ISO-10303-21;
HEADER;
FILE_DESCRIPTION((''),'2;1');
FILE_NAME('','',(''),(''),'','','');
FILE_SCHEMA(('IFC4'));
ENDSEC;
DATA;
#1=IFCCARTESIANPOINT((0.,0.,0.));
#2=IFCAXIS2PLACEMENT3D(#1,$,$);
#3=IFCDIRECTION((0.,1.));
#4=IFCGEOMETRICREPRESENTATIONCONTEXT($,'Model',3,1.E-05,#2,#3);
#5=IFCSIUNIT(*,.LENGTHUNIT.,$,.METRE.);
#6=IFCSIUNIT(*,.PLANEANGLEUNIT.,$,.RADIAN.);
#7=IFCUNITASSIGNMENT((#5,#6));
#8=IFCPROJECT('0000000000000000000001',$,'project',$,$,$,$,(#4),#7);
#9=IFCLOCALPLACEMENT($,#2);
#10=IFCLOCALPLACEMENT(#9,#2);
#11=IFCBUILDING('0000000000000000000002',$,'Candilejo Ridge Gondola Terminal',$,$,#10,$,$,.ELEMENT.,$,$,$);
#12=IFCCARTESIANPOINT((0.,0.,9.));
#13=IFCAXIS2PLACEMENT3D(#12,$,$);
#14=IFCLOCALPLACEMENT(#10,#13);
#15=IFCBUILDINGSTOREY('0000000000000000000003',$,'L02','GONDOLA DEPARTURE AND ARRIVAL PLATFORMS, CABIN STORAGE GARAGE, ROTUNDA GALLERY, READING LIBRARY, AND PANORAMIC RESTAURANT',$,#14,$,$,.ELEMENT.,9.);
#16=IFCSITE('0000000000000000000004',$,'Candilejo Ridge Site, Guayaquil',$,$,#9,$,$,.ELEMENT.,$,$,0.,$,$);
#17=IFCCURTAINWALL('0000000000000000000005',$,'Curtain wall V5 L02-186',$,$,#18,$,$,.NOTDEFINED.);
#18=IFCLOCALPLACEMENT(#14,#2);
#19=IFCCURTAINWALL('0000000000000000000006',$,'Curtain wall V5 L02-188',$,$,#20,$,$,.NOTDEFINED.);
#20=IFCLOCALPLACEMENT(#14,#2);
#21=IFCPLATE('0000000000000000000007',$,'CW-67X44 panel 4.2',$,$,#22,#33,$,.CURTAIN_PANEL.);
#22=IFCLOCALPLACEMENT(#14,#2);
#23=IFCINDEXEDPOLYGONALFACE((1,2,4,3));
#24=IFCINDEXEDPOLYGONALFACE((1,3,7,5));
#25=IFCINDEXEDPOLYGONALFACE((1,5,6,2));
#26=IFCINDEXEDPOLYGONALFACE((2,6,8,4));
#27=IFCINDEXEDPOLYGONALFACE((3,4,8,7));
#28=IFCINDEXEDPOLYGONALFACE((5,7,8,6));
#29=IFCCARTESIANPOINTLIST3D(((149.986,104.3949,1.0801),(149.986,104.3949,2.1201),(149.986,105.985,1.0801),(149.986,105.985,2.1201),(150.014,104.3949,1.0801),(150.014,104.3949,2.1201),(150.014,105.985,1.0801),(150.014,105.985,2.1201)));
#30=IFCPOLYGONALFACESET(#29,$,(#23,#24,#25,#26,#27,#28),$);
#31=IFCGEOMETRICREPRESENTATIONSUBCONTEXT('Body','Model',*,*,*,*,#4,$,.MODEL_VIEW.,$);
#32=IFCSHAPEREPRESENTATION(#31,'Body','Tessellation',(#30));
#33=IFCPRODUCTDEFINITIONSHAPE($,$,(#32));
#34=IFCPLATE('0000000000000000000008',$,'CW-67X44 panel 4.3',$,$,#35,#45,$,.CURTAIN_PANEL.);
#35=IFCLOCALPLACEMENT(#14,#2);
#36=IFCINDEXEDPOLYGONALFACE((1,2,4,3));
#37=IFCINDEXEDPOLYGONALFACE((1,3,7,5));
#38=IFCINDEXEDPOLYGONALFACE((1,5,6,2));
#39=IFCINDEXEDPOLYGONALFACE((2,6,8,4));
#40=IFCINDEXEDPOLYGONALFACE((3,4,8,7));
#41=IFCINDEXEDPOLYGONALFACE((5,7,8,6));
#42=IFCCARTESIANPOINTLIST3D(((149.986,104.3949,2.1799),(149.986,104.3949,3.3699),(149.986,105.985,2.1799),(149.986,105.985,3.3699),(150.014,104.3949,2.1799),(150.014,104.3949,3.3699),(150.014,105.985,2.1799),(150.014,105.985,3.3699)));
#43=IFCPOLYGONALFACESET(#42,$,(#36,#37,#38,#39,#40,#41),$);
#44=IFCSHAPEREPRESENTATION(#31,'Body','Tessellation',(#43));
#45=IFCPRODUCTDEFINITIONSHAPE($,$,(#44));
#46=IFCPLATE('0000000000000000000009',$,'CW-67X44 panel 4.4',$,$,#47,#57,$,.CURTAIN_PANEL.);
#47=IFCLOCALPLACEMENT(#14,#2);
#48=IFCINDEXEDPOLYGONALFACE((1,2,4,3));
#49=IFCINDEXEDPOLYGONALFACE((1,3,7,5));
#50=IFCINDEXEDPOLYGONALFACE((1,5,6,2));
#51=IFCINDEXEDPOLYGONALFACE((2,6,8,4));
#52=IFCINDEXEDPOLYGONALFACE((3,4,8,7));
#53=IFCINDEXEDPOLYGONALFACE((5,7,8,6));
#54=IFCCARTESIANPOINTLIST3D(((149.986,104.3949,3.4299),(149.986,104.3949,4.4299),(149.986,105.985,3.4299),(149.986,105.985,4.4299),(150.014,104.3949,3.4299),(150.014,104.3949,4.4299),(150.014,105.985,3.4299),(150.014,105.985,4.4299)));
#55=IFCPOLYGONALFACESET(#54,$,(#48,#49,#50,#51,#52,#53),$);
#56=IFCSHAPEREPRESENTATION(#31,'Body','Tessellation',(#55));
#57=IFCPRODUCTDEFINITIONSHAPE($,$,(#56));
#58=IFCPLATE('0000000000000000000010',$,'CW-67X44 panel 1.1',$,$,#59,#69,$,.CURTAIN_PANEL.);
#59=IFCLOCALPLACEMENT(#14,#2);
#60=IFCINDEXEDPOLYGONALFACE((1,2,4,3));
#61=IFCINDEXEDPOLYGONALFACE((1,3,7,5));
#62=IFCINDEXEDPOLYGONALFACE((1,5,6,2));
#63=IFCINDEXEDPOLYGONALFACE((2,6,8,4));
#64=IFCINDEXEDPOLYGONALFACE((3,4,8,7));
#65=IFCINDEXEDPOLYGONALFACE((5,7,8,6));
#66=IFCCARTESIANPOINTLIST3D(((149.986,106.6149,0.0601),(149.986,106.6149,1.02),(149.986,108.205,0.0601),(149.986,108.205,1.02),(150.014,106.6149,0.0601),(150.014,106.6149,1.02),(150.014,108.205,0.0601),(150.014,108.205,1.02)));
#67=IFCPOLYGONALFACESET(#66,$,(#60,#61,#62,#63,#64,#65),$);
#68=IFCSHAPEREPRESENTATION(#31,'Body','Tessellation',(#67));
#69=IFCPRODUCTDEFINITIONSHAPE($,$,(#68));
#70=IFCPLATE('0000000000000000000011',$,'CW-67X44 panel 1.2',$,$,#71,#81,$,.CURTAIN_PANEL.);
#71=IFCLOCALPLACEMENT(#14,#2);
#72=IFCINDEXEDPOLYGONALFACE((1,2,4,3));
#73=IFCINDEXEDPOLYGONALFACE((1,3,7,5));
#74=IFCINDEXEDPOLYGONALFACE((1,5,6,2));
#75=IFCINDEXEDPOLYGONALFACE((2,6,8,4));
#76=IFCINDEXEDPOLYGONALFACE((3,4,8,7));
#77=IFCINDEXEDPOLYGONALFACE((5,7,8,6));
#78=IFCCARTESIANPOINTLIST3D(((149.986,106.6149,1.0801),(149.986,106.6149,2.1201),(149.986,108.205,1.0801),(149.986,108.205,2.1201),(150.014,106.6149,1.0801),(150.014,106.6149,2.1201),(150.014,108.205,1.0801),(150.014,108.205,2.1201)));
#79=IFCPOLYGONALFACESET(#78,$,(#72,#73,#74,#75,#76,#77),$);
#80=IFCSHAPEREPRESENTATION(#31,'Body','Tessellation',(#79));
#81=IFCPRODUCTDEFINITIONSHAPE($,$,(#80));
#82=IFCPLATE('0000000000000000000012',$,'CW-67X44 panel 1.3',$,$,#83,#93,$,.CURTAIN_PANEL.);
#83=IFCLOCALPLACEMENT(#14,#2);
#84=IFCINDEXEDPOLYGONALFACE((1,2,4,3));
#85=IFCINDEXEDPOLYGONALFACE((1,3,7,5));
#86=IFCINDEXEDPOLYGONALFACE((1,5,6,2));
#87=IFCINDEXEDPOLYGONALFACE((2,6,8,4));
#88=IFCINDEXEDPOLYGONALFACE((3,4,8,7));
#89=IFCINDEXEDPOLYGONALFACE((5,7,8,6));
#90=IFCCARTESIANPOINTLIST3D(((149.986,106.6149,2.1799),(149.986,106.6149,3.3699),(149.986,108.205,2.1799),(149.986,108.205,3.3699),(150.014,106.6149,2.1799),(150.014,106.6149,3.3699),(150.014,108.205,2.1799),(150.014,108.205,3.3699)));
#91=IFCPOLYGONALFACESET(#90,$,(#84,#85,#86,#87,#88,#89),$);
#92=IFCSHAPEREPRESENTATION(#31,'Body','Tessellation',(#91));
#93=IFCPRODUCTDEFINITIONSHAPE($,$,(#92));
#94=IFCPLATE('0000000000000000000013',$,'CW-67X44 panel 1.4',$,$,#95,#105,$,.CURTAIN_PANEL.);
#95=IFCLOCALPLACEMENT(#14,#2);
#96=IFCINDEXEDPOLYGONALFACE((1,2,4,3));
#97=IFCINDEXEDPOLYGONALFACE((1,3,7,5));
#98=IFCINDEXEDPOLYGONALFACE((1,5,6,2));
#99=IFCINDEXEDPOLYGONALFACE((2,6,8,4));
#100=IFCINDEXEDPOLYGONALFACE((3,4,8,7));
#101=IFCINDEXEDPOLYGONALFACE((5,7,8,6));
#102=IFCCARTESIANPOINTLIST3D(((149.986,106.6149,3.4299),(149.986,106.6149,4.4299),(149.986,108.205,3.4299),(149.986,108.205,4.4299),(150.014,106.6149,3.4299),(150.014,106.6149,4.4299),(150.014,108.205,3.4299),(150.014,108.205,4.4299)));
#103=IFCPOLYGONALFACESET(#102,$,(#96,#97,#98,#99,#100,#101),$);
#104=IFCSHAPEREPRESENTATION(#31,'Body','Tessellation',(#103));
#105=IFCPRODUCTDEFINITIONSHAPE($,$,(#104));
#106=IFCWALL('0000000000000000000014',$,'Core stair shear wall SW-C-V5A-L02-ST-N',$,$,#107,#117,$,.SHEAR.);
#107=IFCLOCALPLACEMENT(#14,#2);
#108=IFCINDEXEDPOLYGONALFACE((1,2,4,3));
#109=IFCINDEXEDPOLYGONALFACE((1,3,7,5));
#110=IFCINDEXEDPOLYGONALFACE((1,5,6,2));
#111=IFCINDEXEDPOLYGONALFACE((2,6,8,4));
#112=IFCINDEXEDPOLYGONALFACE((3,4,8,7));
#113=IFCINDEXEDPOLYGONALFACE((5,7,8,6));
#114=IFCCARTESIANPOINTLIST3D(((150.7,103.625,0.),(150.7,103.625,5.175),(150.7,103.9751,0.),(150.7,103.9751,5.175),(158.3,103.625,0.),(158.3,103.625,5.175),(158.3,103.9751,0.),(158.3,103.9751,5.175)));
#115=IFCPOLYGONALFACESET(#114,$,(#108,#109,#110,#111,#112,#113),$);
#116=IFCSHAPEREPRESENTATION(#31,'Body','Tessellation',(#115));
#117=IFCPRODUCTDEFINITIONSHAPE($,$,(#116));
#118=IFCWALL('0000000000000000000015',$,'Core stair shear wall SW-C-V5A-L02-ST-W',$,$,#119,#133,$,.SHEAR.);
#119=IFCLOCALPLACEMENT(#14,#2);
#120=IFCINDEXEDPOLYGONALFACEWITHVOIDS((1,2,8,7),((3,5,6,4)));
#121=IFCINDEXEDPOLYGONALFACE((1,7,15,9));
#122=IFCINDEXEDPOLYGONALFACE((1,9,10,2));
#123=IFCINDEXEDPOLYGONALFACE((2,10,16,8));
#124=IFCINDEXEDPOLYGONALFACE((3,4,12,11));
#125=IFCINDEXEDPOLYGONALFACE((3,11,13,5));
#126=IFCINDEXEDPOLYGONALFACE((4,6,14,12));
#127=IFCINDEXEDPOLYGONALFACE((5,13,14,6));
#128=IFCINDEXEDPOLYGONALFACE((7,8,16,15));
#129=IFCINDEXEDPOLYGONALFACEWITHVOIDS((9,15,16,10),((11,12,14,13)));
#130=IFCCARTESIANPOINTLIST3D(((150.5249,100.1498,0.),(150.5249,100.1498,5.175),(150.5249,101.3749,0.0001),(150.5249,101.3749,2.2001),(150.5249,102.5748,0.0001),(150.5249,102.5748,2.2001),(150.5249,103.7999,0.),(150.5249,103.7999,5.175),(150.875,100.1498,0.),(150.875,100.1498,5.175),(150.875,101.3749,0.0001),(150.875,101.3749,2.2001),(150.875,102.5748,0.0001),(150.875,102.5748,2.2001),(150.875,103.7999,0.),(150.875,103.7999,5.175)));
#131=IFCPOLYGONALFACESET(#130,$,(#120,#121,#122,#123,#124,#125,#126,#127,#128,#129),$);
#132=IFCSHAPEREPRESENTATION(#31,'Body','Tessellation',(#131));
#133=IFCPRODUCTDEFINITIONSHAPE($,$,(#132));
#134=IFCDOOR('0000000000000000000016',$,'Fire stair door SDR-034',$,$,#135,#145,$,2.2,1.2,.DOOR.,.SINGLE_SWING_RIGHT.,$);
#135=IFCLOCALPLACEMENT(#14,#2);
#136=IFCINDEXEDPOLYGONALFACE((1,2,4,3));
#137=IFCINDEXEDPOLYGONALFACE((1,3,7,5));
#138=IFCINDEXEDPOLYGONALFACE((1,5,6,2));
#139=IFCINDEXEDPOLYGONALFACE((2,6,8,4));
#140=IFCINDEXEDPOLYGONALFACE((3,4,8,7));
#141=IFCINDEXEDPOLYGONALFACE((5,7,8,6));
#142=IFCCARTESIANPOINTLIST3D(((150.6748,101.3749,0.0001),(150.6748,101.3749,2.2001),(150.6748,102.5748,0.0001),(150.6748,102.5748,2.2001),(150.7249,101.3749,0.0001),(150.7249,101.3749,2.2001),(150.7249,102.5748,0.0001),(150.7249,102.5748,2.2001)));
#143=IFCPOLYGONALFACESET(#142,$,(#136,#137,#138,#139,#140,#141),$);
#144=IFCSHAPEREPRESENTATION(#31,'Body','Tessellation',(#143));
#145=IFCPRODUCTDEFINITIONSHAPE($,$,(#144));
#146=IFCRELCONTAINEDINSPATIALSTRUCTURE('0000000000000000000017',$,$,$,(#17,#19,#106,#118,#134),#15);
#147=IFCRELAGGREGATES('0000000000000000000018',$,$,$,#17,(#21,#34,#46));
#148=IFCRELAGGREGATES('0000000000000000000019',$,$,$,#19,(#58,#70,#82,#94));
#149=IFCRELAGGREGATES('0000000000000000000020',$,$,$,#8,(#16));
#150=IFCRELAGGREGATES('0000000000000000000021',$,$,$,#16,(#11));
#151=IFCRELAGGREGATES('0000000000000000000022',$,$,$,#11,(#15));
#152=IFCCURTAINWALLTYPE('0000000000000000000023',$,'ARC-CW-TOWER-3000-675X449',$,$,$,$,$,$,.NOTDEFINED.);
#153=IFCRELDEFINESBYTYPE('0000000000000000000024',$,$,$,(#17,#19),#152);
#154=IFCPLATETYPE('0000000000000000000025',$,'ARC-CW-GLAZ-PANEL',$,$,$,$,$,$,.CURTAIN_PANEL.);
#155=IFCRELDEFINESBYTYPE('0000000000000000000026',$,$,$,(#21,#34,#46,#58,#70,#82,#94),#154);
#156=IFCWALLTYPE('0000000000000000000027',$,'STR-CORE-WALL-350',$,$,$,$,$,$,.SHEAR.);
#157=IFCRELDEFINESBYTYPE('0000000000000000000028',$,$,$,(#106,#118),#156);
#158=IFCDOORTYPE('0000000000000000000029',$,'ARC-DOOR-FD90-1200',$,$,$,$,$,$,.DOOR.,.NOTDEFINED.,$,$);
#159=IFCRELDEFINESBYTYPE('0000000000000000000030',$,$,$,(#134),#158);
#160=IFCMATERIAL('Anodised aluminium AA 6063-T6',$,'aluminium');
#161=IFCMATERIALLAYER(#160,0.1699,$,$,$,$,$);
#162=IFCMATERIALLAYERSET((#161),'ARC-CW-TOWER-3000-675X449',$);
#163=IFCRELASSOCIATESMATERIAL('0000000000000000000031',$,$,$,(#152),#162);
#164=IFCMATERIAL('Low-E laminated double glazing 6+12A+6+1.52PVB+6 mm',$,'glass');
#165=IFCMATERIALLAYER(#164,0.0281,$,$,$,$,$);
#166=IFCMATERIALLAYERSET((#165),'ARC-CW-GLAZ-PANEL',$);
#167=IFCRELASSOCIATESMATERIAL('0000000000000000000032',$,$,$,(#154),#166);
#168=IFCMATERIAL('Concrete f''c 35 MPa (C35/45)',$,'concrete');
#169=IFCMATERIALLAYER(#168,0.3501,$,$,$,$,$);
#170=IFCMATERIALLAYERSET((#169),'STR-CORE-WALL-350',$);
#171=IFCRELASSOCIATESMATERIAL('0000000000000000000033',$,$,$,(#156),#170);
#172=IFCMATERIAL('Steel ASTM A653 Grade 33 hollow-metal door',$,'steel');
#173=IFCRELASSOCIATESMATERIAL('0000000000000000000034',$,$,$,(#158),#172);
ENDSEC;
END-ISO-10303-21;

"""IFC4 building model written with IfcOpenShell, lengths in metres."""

from ifc_helpers import new_model, si_unit, direction, frame, frame_2d, origin, origin_2d, place, context, subcontext, project, spatial, rectangle, extrude, material, layer, layer_set, type_object, element, fill, aggregate, save


model = new_model("IFC4")

# Units and contexts
model_context = context("Model", 3, precision=1e-05, world=origin(), true_north=direction((0.0, 1.0)))
body_context = subcontext(model_context, "Body", "Model", "MODEL_VIEW")
ifc_project = project(units=[si_unit("LENGTHUNIT", "METRE"), si_unit("PLANEANGLEUNIT", "RADIAN")], contexts=[model_context])

# Site, building, storey
site_placement = place(None, origin())
site = spatial("IfcSite", under=ifc_project, at=site_placement, Name="Candilejo Ridge Site, Guayaquil", CompositionType="ELEMENT", RefElevation=0.0)
building_placement = place(site_placement, origin())
building = spatial("IfcBuilding", under=site, at=building_placement, Name="Candilejo Ridge Gondola Terminal", CompositionType="ELEMENT")
storey_placement = place(building_placement, frame((0.0, 0.0, 9.0)))
storey = spatial("IfcBuildingStorey", under=building, at=storey_placement, Name="L02", Description="GONDOLA DEPARTURE AND ARRIVAL PLATFORMS, CABIN STORAGE GARAGE, ROTUNDA GALLERY, READING LIBRARY, AND PANORAMIC RESTAURANT", CompositionType="ELEMENT", Elevation=9.0)

# Curtain walls
ifc_material_1 = material(Name="Anodised aluminium AA 6063-T6", Category="aluminium")
ifc_layer_1 = layer(ifc_material_1, 0.1699)
ifc_layer_set_1 = layer_set([ifc_layer_1], Name="ARC-CW-TOWER-3000-675X449")
curtain_wall_type = type_object("IfcCurtainWallType", Name="ARC-CW-TOWER-3000-675X449", PredefinedType="NOTDEFINED", material=ifc_layer_set_1)
curtain_wall_1_placement = place(storey_placement, origin())
curtain_wall_1 = element("IfcCurtainWall", 1, at=curtain_wall_1_placement, inside=storey, type_object=curtain_wall_type, Name="Curtain wall V5 L02-186", PredefinedType="NOTDEFINED")
curtain_wall_2_placement = place(storey_placement, origin())
curtain_wall_2 = element("IfcCurtainWall", 2, at=curtain_wall_2_placement, inside=storey, type_object=curtain_wall_type, Name="Curtain wall V5 L02-188", PredefinedType="NOTDEFINED")

# Plates
ifc_material_2 = material(Name="Low-E laminated double glazing 6+12A+6+1.52PVB+6 mm", Category="glass")
ifc_layer_2 = layer(ifc_material_2, 0.0281)
ifc_layer_set_2 = layer_set([ifc_layer_2], Name="ARC-CW-GLAZ-PANEL")
plate_type = type_object("IfcPlateType", Name="ARC-CW-GLAZ-PANEL", PredefinedType="CURTAIN_PANEL", material=ifc_layer_set_2)
plate_1_placement = place(storey_placement, frame((150.0, 105.1899, 1.0801), z_axis=(0.0, 0.0, 1.0), x_axis=(0.0, 1.0, 0.0)))
plate_1 = element("IfcPlate", 3, at=plate_1_placement, type_object=plate_type, Name="CW-67X44 panel 4.2", PredefinedType="CURTAIN_PANEL", context=body_context, shape_type="SweptSolid", body=[
    extrude(rectangle(XDim=1.5901, YDim=0.0281, at=origin_2d()), origin(), (0.0, 0.0, 1.0), 1.04),
])
plate_2_placement = place(storey_placement, frame((150.0, 105.1899, 2.1799), z_axis=(0.0, 0.0, 1.0), x_axis=(0.0, 1.0, 0.0)))
plate_2 = element("IfcPlate", 4, at=plate_2_placement, type_object=plate_type, Name="CW-67X44 panel 4.3", PredefinedType="CURTAIN_PANEL", context=body_context, shape_type="SweptSolid", body=[
    extrude(rectangle(XDim=1.5901, YDim=0.0281, at=origin_2d()), origin(), (0.0, 0.0, 1.0), 1.1899),
])
plate_3_placement = place(storey_placement, frame((150.0, 105.1899, 3.4299), z_axis=(0.0, 0.0, 1.0), x_axis=(0.0, 1.0, 0.0)))
plate_3 = element("IfcPlate", 5, at=plate_3_placement, type_object=plate_type, Name="CW-67X44 panel 4.4", PredefinedType="CURTAIN_PANEL", context=body_context, shape_type="SweptSolid", body=[
    extrude(rectangle(XDim=1.5901, YDim=0.0281, at=origin_2d()), origin(), (0.0, 0.0, 1.0), 1.0),
])
aggregate(curtain_wall_1, [plate_1, plate_2, plate_3])
plate_4_placement = place(storey_placement, frame((150.0, 107.4099, 0.0601), z_axis=(0.0, 0.0, 1.0), x_axis=(0.0, 1.0, 0.0)))
plate_4 = element("IfcPlate", 6, at=plate_4_placement, type_object=plate_type, Name="CW-67X44 panel 1.1", PredefinedType="CURTAIN_PANEL", context=body_context, shape_type="SweptSolid", body=[
    extrude(rectangle(XDim=1.5901, YDim=0.0281, at=origin_2d()), origin(), (0.0, 0.0, 1.0), 0.96),
])
plate_5_placement = place(storey_placement, frame((150.0, 107.4099, 1.0801), z_axis=(0.0, 0.0, 1.0), x_axis=(0.0, 1.0, 0.0)))
plate_5 = element("IfcPlate", 7, at=plate_5_placement, type_object=plate_type, Name="CW-67X44 panel 1.2", PredefinedType="CURTAIN_PANEL", context=body_context, shape_type="SweptSolid", body=[
    extrude(rectangle(XDim=1.5901, YDim=0.0281, at=origin_2d()), origin(), (0.0, 0.0, 1.0), 1.04),
])
plate_6_placement = place(storey_placement, frame((150.0, 107.4099, 2.1799), z_axis=(0.0, 0.0, 1.0), x_axis=(0.0, 1.0, 0.0)))
plate_6 = element("IfcPlate", 8, at=plate_6_placement, type_object=plate_type, Name="CW-67X44 panel 1.3", PredefinedType="CURTAIN_PANEL", context=body_context, shape_type="SweptSolid", body=[
    extrude(rectangle(XDim=1.5901, YDim=0.0281, at=origin_2d()), origin(), (0.0, 0.0, 1.0), 1.1899),
])
plate_7_placement = place(storey_placement, frame((150.0, 107.4099, 3.4299), z_axis=(0.0, 0.0, 1.0), x_axis=(0.0, 1.0, 0.0)))
plate_7 = element("IfcPlate", 9, at=plate_7_placement, type_object=plate_type, Name="CW-67X44 panel 1.4", PredefinedType="CURTAIN_PANEL", context=body_context, shape_type="SweptSolid", body=[
    extrude(rectangle(XDim=1.5901, YDim=0.0281, at=origin_2d()), origin(), (0.0, 0.0, 1.0), 1.0),
])
aggregate(curtain_wall_2, [plate_4, plate_5, plate_6, plate_7])

# Wall
ifc_material_3 = material(Name="Concrete f'c 35 MPa (C35/45)", Category="concrete")
ifc_layer_3 = layer(ifc_material_3, 0.3501)
ifc_layer_set_3 = layer_set([ifc_layer_3], Name="STR-CORE-WALL-350")
wall_type = type_object("IfcWallType", Name="STR-CORE-WALL-350", PredefinedType="SHEAR", material=ifc_layer_set_3)
wall_1_placement = place(storey_placement, frame((158.3, 103.8, 0.0), z_axis=(0.0, 0.0, 1.0), x_axis=(-1.0, 0.0, 0.0)))
element("IfcWall", 10, at=wall_1_placement, inside=storey, type_object=wall_type, Name="Core stair shear wall SW-C-V5A-L02-ST-N", PredefinedType="SHEAR", context=body_context, shape_type="SweptSolid", body=[
    extrude(rectangle(XDim=7.6001, YDim=0.3501, at=frame_2d((3.8, 0.0))), origin(), (0.0, 0.0, 1.0), 5.175),
])

# Wall, opening, door
wall_2_placement = place(storey_placement, frame((150.7, 103.8, 0.0), z_axis=(0.0, 0.0, 1.0), x_axis=(0.0, -1.0, 0.0)))
wall_2 = element("IfcWall", 11, at=wall_2_placement, inside=storey, type_object=wall_type, Name="Core stair shear wall SW-C-V5A-L02-ST-W", PredefinedType="SHEAR", context=body_context, shape_type="SweptSolid", body=[
    extrude(rectangle(XDim=3.6501, YDim=0.3501, at=frame_2d((1.8252, 0.0))), origin(), (0.0, 0.0, 1.0), 5.175),
])
opening_placement = place(wall_2_placement, frame((1.2251, 0.0, 0.0)))
opening = element("IfcOpeningElement", 12, at=opening_placement, cuts=wall_2, PredefinedType="OPENING", context=body_context, shape_type="SweptSolid", body=[
    extrude(rectangle(XDim=1.2, YDim=2.2, at=frame_2d((0.6001, 1.1001))), frame((0.0, 0.1851, 0.0), z_axis=(0.0, -1.0, 0.0), x_axis=(1.0, 0.0, 0.0)), (0.0, 0.0, 1.0), 0.3701),
])
ifc_material_4 = material(Name="Steel ASTM A653 Grade 33 hollow-metal door", Category="steel")
door_type = type_object("IfcDoorType", Name="ARC-DOOR-FD90-1200", OperationType="NOTDEFINED", PredefinedType="DOOR", material=ifc_material_4)
door_placement = place(opening_placement, origin())
door = element("IfcDoor", 13, at=door_placement, inside=storey, type_object=door_type, Name="Fire stair door SDR-034", OperationType="SINGLE_SWING_RIGHT", OverallHeight=2.2, OverallWidth=1.2, PredefinedType="DOOR", context=body_context, shape_type="SweptSolid", body=[
    extrude(rectangle(XDim=1.2, YDim=2.2, at=frame_2d((0.6001, 1.1001))), frame((0.0, 0.0249, 0.0), z_axis=(0.0, -1.0, 0.0), x_axis=(1.0, 0.0, 0.0)), (0.0, 0.0, 1.0), 0.05),
])
fill(opening, door)

save(model, "model.ifc")
